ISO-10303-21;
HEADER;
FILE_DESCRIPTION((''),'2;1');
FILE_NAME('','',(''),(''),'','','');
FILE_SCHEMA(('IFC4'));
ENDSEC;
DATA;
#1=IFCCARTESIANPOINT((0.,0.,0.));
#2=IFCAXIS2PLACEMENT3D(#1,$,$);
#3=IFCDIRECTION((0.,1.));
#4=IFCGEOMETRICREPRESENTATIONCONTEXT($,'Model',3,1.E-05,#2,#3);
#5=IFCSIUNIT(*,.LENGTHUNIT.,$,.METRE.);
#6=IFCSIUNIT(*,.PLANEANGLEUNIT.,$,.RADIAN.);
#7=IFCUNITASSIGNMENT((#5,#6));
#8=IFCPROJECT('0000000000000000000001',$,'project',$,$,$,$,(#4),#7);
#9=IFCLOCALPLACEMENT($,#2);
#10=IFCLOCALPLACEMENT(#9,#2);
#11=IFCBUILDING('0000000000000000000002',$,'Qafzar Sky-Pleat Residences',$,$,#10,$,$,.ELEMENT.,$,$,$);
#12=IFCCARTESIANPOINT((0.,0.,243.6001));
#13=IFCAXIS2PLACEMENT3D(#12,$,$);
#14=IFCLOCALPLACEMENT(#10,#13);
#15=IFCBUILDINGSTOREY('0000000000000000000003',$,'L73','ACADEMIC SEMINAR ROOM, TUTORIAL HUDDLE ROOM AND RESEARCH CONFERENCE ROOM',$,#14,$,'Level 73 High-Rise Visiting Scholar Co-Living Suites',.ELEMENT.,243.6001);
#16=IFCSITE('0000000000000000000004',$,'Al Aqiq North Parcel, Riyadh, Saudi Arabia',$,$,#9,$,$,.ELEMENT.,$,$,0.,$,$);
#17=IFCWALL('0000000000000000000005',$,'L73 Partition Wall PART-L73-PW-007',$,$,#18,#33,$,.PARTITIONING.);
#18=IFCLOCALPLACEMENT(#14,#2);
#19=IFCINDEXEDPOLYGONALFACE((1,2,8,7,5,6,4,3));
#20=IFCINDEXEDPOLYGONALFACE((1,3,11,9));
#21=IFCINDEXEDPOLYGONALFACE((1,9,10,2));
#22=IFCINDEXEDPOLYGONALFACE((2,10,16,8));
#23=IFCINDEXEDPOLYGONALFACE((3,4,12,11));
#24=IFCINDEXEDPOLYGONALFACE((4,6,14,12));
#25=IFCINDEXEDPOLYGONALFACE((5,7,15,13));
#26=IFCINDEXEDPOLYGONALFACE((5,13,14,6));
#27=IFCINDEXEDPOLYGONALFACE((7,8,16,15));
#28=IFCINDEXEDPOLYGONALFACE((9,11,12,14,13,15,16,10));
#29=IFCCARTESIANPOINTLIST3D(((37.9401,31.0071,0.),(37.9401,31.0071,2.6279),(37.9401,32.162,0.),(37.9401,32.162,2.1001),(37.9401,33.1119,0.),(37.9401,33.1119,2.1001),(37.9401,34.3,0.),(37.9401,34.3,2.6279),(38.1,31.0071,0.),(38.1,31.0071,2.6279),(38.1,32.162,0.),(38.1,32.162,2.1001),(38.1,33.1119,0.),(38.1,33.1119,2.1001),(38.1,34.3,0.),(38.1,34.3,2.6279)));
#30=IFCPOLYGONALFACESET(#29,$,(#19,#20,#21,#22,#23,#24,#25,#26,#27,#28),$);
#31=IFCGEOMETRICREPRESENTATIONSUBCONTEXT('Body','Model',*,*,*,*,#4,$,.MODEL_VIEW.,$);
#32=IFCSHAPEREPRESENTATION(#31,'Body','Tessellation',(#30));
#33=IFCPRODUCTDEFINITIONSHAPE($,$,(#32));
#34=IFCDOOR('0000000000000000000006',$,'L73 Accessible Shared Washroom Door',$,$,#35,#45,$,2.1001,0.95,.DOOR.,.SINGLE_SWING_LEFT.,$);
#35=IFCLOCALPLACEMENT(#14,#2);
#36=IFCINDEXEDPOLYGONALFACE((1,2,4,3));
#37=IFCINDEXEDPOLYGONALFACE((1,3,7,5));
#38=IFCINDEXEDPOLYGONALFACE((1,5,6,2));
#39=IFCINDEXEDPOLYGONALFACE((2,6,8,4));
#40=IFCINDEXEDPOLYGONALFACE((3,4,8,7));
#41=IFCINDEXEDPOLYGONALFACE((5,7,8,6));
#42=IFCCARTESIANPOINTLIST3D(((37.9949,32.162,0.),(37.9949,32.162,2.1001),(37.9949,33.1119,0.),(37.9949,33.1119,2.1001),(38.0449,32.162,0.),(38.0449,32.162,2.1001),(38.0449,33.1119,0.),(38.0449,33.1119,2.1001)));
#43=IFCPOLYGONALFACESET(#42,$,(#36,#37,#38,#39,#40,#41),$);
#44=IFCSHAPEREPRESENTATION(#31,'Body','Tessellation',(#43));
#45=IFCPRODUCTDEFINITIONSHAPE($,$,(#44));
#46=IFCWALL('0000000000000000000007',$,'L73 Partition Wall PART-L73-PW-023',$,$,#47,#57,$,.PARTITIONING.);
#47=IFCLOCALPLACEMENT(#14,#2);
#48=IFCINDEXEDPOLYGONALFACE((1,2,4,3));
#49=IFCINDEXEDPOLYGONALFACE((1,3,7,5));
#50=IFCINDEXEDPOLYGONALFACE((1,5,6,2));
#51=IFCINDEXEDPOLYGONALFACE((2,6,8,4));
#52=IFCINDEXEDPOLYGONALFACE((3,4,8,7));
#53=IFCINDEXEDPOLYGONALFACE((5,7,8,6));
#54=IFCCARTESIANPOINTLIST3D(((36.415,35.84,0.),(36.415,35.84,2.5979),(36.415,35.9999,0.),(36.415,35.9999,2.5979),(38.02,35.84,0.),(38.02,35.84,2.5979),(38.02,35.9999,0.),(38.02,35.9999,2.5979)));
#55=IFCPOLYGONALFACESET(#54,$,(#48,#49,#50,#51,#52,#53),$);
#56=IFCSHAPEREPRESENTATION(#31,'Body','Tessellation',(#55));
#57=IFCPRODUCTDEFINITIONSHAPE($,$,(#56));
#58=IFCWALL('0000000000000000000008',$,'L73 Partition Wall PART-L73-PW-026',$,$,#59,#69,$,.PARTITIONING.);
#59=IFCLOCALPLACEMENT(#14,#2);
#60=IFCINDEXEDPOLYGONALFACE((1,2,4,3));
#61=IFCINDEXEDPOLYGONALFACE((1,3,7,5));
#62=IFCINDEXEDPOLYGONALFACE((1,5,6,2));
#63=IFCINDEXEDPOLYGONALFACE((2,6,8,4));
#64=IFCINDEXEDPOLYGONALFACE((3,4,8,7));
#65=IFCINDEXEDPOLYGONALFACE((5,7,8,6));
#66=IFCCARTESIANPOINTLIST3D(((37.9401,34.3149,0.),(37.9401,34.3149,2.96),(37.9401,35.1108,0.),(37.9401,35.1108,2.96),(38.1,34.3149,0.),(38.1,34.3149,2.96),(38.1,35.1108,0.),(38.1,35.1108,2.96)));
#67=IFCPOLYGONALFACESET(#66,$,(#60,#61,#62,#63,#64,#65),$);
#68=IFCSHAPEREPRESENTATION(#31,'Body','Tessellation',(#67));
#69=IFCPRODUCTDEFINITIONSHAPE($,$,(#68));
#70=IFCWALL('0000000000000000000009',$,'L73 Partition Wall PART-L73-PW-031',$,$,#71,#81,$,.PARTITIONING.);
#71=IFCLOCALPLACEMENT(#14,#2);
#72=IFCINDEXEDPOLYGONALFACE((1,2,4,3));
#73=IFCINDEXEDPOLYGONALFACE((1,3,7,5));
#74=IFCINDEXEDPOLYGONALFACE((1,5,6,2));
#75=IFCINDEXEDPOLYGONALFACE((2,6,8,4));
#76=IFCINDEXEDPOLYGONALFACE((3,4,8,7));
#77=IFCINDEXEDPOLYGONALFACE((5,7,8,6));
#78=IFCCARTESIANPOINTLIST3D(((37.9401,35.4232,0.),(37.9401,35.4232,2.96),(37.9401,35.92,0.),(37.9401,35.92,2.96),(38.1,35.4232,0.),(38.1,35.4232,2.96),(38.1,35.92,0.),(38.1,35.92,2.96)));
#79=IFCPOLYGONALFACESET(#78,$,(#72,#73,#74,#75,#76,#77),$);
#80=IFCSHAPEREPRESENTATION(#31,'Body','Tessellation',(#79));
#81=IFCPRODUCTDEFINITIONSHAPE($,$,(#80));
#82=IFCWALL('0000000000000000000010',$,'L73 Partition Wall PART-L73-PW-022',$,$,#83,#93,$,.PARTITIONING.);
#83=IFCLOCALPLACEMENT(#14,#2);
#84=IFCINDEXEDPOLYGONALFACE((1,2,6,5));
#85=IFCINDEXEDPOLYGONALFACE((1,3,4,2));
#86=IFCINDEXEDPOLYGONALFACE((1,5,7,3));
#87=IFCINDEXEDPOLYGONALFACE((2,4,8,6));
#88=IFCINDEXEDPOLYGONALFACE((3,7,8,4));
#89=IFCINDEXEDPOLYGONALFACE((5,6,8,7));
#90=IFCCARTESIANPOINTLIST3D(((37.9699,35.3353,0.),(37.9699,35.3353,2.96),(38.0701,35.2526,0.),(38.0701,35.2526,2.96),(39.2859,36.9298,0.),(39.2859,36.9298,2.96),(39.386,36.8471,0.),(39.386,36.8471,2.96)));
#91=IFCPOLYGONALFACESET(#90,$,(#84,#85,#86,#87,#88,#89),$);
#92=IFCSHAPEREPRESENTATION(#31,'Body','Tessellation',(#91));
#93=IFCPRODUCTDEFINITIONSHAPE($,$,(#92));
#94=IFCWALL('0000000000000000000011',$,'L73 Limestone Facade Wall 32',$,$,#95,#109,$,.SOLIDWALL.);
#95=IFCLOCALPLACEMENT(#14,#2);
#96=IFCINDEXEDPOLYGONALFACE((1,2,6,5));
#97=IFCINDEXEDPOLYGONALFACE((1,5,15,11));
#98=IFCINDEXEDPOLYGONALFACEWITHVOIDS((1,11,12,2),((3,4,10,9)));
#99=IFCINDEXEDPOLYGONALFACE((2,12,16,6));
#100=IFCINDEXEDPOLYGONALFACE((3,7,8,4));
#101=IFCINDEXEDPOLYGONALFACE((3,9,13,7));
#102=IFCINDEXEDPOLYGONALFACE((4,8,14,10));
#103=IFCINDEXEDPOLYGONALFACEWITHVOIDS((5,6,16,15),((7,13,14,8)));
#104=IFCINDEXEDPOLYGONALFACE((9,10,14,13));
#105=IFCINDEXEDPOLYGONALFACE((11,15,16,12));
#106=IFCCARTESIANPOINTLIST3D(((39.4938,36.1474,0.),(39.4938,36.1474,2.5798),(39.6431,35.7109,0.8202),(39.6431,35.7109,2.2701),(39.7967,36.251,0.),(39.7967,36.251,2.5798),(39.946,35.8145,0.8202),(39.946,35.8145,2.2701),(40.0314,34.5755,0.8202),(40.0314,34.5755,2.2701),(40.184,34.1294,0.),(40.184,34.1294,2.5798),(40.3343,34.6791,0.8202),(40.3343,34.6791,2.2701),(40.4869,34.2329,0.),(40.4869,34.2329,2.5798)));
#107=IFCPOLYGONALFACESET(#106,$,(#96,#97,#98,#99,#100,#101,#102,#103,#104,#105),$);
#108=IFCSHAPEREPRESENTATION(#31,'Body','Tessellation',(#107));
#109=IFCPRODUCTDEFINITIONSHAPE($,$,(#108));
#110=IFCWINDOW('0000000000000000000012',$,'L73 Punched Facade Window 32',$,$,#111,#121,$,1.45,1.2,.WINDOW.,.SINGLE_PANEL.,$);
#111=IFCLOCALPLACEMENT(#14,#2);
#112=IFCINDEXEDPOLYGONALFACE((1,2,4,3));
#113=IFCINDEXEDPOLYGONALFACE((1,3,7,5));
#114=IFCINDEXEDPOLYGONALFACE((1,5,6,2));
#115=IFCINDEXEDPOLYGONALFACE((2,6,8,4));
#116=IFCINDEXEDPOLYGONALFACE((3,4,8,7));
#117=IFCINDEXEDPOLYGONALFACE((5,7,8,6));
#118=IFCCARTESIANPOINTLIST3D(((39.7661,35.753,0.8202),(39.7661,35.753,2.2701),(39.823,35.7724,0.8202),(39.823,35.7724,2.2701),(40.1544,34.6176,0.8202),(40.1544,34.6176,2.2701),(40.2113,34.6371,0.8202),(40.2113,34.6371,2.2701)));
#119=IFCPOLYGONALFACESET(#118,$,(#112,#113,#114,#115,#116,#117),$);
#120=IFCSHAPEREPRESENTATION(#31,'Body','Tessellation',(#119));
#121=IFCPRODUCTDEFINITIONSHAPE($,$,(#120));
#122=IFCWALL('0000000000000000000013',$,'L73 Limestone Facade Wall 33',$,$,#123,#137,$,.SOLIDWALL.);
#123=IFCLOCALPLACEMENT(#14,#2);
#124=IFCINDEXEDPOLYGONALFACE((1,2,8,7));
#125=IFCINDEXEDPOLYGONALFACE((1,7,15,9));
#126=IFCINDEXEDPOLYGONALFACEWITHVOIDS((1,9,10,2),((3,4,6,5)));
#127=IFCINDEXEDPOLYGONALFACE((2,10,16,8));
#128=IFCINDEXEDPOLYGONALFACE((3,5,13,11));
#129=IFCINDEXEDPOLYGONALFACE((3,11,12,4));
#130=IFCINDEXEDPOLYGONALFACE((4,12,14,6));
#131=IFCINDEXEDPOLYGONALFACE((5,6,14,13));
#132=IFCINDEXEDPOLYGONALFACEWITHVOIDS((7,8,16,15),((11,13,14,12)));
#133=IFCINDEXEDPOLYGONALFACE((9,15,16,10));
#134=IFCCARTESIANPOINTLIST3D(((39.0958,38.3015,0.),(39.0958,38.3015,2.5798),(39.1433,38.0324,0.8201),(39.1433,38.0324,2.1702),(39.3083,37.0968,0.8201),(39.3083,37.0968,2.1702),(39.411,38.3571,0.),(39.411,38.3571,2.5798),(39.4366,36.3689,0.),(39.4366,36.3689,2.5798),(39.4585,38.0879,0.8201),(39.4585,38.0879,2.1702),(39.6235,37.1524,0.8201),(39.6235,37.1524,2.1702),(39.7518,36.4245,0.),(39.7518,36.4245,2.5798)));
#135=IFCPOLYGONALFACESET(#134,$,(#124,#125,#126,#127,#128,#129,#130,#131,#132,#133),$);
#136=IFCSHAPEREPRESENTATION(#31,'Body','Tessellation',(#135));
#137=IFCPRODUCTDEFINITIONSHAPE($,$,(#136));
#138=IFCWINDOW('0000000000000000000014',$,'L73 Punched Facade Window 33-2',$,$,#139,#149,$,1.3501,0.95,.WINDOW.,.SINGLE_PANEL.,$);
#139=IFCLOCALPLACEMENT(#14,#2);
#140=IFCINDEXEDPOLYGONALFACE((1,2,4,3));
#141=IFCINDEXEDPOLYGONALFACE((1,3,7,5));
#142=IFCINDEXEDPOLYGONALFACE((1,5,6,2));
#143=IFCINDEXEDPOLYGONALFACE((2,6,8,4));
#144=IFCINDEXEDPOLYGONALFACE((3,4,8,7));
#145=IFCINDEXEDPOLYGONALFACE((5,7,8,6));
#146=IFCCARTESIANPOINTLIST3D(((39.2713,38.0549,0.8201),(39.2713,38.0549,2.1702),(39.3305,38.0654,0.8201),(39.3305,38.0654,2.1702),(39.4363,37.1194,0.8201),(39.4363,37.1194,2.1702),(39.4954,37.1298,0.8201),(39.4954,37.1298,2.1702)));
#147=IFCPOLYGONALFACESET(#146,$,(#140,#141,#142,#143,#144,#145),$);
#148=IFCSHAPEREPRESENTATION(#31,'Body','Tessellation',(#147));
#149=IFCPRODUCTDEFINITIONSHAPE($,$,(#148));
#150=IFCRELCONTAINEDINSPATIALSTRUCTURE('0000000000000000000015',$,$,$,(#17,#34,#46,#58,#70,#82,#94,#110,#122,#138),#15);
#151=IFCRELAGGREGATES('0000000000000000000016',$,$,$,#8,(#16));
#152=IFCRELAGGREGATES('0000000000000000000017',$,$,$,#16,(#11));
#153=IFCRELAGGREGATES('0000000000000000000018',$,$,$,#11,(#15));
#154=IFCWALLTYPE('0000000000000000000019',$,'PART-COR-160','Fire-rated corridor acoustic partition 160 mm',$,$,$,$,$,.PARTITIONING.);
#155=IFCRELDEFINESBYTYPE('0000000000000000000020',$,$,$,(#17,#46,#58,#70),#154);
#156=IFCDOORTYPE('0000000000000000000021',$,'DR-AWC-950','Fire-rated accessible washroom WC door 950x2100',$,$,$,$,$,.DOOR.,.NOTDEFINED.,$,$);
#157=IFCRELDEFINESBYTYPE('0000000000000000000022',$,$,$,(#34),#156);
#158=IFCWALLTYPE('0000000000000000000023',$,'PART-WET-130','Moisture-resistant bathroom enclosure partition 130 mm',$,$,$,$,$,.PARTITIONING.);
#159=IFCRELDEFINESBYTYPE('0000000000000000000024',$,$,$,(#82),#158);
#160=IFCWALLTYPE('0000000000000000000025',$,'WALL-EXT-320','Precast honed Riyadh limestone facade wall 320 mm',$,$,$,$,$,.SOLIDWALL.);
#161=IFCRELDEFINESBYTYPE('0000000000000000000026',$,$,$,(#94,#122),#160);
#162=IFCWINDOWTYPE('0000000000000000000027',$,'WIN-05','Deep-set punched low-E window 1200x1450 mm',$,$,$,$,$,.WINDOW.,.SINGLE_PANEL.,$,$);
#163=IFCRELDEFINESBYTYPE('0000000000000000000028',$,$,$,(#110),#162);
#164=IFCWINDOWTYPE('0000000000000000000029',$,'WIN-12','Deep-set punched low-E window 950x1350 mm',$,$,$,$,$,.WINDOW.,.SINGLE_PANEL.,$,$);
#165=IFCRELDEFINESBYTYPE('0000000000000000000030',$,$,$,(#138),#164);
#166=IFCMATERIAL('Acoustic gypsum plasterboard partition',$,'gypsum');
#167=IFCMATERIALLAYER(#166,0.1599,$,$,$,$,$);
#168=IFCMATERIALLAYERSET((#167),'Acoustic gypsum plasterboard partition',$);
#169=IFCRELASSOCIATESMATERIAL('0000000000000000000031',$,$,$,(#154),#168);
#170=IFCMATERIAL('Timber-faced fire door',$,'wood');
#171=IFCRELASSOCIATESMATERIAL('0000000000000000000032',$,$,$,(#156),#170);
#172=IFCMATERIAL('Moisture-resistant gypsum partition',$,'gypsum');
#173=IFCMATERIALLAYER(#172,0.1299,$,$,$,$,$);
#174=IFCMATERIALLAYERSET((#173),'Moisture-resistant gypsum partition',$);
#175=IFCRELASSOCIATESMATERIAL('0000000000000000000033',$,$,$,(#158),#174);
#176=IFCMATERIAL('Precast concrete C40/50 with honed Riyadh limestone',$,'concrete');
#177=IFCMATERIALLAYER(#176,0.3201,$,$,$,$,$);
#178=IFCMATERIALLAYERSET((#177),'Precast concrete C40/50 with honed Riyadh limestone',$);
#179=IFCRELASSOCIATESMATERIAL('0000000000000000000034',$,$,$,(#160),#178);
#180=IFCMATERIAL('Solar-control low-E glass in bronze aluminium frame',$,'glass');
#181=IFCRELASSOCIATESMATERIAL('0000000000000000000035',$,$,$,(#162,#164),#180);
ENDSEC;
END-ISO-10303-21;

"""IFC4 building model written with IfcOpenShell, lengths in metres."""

from ifc_helpers import new_model, si_unit, direction, frame, frame_2d, origin, place, context, subcontext, project, spatial, rectangle, extrude, source, transform, mapped, material, layer, layer_set, type_object, element, fill, save


model = new_model("IFC4")

# Units and contexts
model_context = context("Model", 3, precision=1e-05, world=origin(), true_north=direction((0.0, 1.0)))
body_context = subcontext(model_context, "Body", "Model", "MODEL_VIEW")
ifc_project = project(units=[si_unit("LENGTHUNIT", "METRE"), si_unit("PLANEANGLEUNIT", "RADIAN")], contexts=[model_context])

# Site, building, storey
site_placement = place(None, origin())
site = spatial("IfcSite", under=ifc_project, at=site_placement, Name="Al Aqiq North Parcel, Riyadh, Saudi Arabia", CompositionType="ELEMENT", RefElevation=0.0)
building_placement = place(site_placement, origin())
building = spatial("IfcBuilding", under=site, at=building_placement, Name="Qafzar Sky-Pleat Residences", CompositionType="ELEMENT")
storey_placement = place(building_placement, frame((0.0, 0.0, 243.6001)))
storey = spatial("IfcBuildingStorey", under=building, at=storey_placement, Name="L73", Description="ACADEMIC SEMINAR ROOM, TUTORIAL HUDDLE ROOM AND RESEARCH CONFERENCE ROOM", LongName="Level 73 High-Rise Visiting Scholar Co-Living Suites", CompositionType="ELEMENT", Elevation=243.6001)

# Wall, opening, door
ifc_material_1 = material(Name="Acoustic gypsum plasterboard partition", Category="gypsum")
ifc_layer_1 = layer(ifc_material_1, 0.1599)
ifc_layer_set_1 = layer_set([ifc_layer_1], Name="Acoustic gypsum plasterboard partition")
wall_type_1 = type_object("IfcWallType", Name="PART-COR-160", Description="Fire-rated corridor acoustic partition 160 mm", PredefinedType="PARTITIONING", material=ifc_layer_set_1)
wall_1_placement = place(storey_placement, frame((38.02, 34.3, 0.0), z_axis=(0.0, 0.0, 1.0), x_axis=(0.0, -1.0, 0.0)))
wall_1 = element("IfcWall", 1, at=wall_1_placement, inside=storey, type_object=wall_type_1, Name="L73 Partition Wall PART-L73-PW-007", PredefinedType="PARTITIONING", context=body_context, shape_type="SweptSolid", body=[
    extrude(rectangle(XDim=3.293, YDim=0.1599, at=frame_2d((1.6465, 0.0))), origin(), (0.0, 0.0, 1.0), 2.6279),
])
opening_1_placement = place(wall_1_placement, frame((1.188, 0.0, 0.0)))
opening_1 = element("IfcOpeningElement", 2, at=opening_1_placement, cuts=wall_1, PredefinedType="OPENING", context=body_context, shape_type="SweptSolid", body=[
    extrude(rectangle(XDim=0.95, YDim=2.1001, at=frame_2d((0.4751, 1.05))), frame((0.0, 0.0898, 0.0), z_axis=(0.0, -1.0, 0.0), x_axis=(1.0, 0.0, 0.0)), (0.0, 0.0, 1.0), 0.1799),
])
ifc_material_2 = material(Name="Timber-faced fire door", Category="wood")
door_type = type_object("IfcDoorType", Name="DR-AWC-950", Description="Fire-rated accessible washroom WC door 950x2100", OperationType="NOTDEFINED", PredefinedType="DOOR", material=ifc_material_2)
shared_shape_1 = source(origin(), body_context, "Body", "SweptSolid", [
    extrude(rectangle(XDim=0.95, YDim=2.1001, at=frame_2d((0.4751, 1.05))), frame((0.0, 0.0249, 0.0), z_axis=(0.0, -1.0, 0.0), x_axis=(1.0, 0.0, 0.0)), (0.0, 0.0, 1.0), 0.05),
])
door_placement = place(opening_1_placement, origin())
door = element("IfcDoor", 3, at=door_placement, inside=storey, type_object=door_type, Name="L73 Accessible Shared Washroom Door", OperationType="SINGLE_SWING_LEFT", OverallHeight=2.1001, OverallWidth=0.95, PredefinedType="DOOR", context=body_context, shape_type="MappedRepresentation", body=[
    mapped(shared_shape_1, transform((0.0, 0.0, 0.0), x_axis=(1.0, 0.0, 0.0), y_axis=(0.0, 1.0, 0.0), z_axis=(0.0, 0.0, 1.0), scale=1.0)),
])
fill(opening_1, door)

# Walls
wall_2_placement = place(storey_placement, frame((36.415, 35.9199, 0.0), z_axis=(0.0, 0.0, 1.0), x_axis=(1.0, 0.0, 0.0)))
element("IfcWall", 4, at=wall_2_placement, inside=storey, type_object=wall_type_1, Name="L73 Partition Wall PART-L73-PW-023", PredefinedType="PARTITIONING", context=body_context, shape_type="SweptSolid", body=[
    extrude(rectangle(XDim=1.605, YDim=0.1599, at=frame_2d((0.8025, 0.0))), origin(), (0.0, 0.0, 1.0), 2.5979),
])
wall_3_placement = place(storey_placement, frame((38.02, 34.3149, 0.0), z_axis=(0.0, 0.0, 1.0), x_axis=(0.0, 1.0, 0.0)))
element("IfcWall", 5, at=wall_3_placement, inside=storey, type_object=wall_type_1, Name="L73 Partition Wall PART-L73-PW-026", PredefinedType="PARTITIONING", context=body_context, shape_type="SweptSolid", body=[
    extrude(rectangle(XDim=0.7959, YDim=0.1599, at=frame_2d((0.3979, 0.0))), origin(), (0.0, 0.0, 1.0), 2.96),
])
wall_4_placement = place(storey_placement, frame((38.02, 35.4231, 0.0), z_axis=(0.0, 0.0, 1.0), x_axis=(0.0, 1.0, 0.0)))
element("IfcWall", 6, at=wall_4_placement, inside=storey, type_object=wall_type_1, Name="L73 Partition Wall PART-L73-PW-031", PredefinedType="PARTITIONING", context=body_context, shape_type="SweptSolid", body=[
    extrude(rectangle(XDim=0.4968, YDim=0.1599, at=frame_2d((0.2485, 0.0))), origin(), (0.0, 0.0, 1.0), 2.96),
])
ifc_material_3 = material(Name="Moisture-resistant gypsum partition", Category="gypsum")
ifc_layer_2 = layer(ifc_material_3, 0.1299)
ifc_layer_set_2 = layer_set([ifc_layer_2], Name="Moisture-resistant gypsum partition")
wall_type_2 = type_object("IfcWallType", Name="PART-WET-130", Description="Moisture-resistant bathroom enclosure partition 130 mm", PredefinedType="PARTITIONING", material=ifc_layer_set_2)
wall_5_placement = place(storey_placement, frame((38.02, 35.2939, 0.0), z_axis=(0.0, 0.0, 1.0), x_axis=(0.636518, 0.771262, 0.0)))
element("IfcWall", 7, at=wall_5_placement, inside=storey, type_object=wall_type_2, Name="L73 Partition Wall PART-L73-PW-022", PredefinedType="PARTITIONING", context=body_context, shape_type="SweptSolid", body=[
    extrude(rectangle(XDim=2.0674, YDim=0.1299, at=frame_2d((1.0337, 0.0))), origin(), (0.0, 0.0, 1.0), 2.96),
])

# Walls, openings, windows
ifc_material_4 = material(Name="Precast concrete C40/50 with honed Riyadh limestone", Category="concrete")
ifc_layer_3 = layer(ifc_material_4, 0.3201)
ifc_layer_set_3 = layer_set([ifc_layer_3], Name="Precast concrete C40/50 with honed Riyadh limestone")
wall_type_3 = type_object("IfcWallType", Name="WALL-EXT-320", Description="Precast honed Riyadh limestone facade wall 320 mm", PredefinedType="SOLIDWALL", material=ifc_layer_set_3)
wall_6_placement = place(storey_placement, frame((40.3354, 34.1812, 0.0), z_axis=(0.0, 0.0, 1.0), x_axis=(-0.323601, 0.946194, 0.0)))
wall_6 = element("IfcWall", 8, at=wall_6_placement, inside=storey, type_object=wall_type_3, Name="L73 Limestone Facade Wall 32", PredefinedType="SOLIDWALL", context=body_context, shape_type="SweptSolid", body=[
    extrude(rectangle(XDim=2.1328, YDim=0.3201, at=frame_2d((1.0664, 0.0))), origin(), (0.0, 0.0, 1.0), 2.5798),
])
opening_2_placement = place(wall_6_placement, frame((0.4714, 0.0, 0.8201)))
opening_2 = element("IfcOpeningElement", 9, at=opening_2_placement, cuts=wall_6, PredefinedType="OPENING", context=body_context, shape_type="SweptSolid", body=[
    extrude(rectangle(XDim=1.2, YDim=1.45, at=frame_2d((0.6001, 0.7251))), frame((0.0, 0.1699, 0.0), z_axis=(0.0, -1.0, 0.0), x_axis=(1.0, 0.0, 0.0)), (0.0, 0.0, 1.0), 0.3401),
])
ifc_material_5 = material(Name="Solar-control low-E glass in bronze aluminium frame", Category="glass")
window_type_1 = type_object("IfcWindowType", Name="WIN-05", Description="Deep-set punched low-E window 1200x1450 mm", PartitioningType="SINGLE_PANEL", PredefinedType="WINDOW", material=ifc_material_5)
shared_shape_2 = source(origin(), body_context, "Body", "SweptSolid", [
    extrude(rectangle(XDim=1.2, YDim=1.45, at=frame_2d((0.6001, 0.7251))), frame((0.0, 0.03, 0.0), z_axis=(0.0, -1.0, 0.0), x_axis=(1.0, 0.0, 0.0)), (0.0, 0.0, 1.0), 0.0601),
])
window_1_placement = place(opening_2_placement, origin())
window_1 = element("IfcWindow", 10, at=window_1_placement, inside=storey, type_object=window_type_1, Name="L73 Punched Facade Window 32", OverallHeight=1.45, OverallWidth=1.2, PartitioningType="SINGLE_PANEL", PredefinedType="WINDOW", context=body_context, shape_type="MappedRepresentation", body=[
    mapped(shared_shape_2, transform((0.0, 0.0, 0.0), x_axis=(1.0, 0.0, 0.0), y_axis=(0.0, 1.0, 0.0), z_axis=(0.0, 0.0, 1.0), scale=1.0)),
])
fill(opening_2, window_1)
wall_7_placement = place(storey_placement, frame((39.5942, 36.3967, 0.0), z_axis=(0.0, 0.0, 1.0), x_axis=(-0.173672, 0.984804, 0.0)))
wall_7 = element("IfcWall", 11, at=wall_7_placement, inside=storey, type_object=wall_type_3, Name="L73 Limestone Facade Wall 33", PredefinedType="SOLIDWALL", context=body_context, shape_type="SweptSolid", body=[
    extrude(rectangle(XDim=1.9624, YDim=0.3201, at=frame_2d((0.9812, 0.0))), origin(), (0.0, 0.0, 1.0), 2.5798),
])
opening_3_placement = place(wall_7_placement, frame((0.739, 0.0, 0.8201)))
opening_3 = element("IfcOpeningElement", 12, at=opening_3_placement, cuts=wall_7, PredefinedType="OPENING", context=body_context, shape_type="SweptSolid", body=[
    extrude(rectangle(XDim=0.95, YDim=1.3501, at=frame_2d((0.4751, 0.675))), frame((0.0, 0.1699, 0.0), z_axis=(0.0, -1.0, 0.0), x_axis=(1.0, 0.0, 0.0)), (0.0, 0.0, 1.0), 0.3401),
])
window_type_2 = type_object("IfcWindowType", Name="WIN-12", Description="Deep-set punched low-E window 950x1350 mm", PartitioningType="SINGLE_PANEL", PredefinedType="WINDOW", material=ifc_material_5)
shared_shape_3 = source(origin(), body_context, "Body", "SweptSolid", [
    extrude(rectangle(XDim=0.95, YDim=1.3501, at=frame_2d((0.4751, 0.675))), frame((0.0, 0.03, 0.0), z_axis=(0.0, -1.0, 0.0), x_axis=(1.0, 0.0, 0.0)), (0.0, 0.0, 1.0), 0.0601),
])
window_2_placement = place(opening_3_placement, origin())
window_2 = element("IfcWindow", 13, at=window_2_placement, inside=storey, type_object=window_type_2, Name="L73 Punched Facade Window 33-2", OverallHeight=1.3501, OverallWidth=0.95, PartitioningType="SINGLE_PANEL", PredefinedType="WINDOW", context=body_context, shape_type="MappedRepresentation", body=[
    mapped(shared_shape_3, transform((0.0, 0.0, 0.0), x_axis=(1.0, 0.0, 0.0), y_axis=(0.0, 1.0, 0.0), z_axis=(0.0, 0.0, 1.0), scale=1.0)),
])
fill(opening_3, window_2)

save(model, "model.ifc")
